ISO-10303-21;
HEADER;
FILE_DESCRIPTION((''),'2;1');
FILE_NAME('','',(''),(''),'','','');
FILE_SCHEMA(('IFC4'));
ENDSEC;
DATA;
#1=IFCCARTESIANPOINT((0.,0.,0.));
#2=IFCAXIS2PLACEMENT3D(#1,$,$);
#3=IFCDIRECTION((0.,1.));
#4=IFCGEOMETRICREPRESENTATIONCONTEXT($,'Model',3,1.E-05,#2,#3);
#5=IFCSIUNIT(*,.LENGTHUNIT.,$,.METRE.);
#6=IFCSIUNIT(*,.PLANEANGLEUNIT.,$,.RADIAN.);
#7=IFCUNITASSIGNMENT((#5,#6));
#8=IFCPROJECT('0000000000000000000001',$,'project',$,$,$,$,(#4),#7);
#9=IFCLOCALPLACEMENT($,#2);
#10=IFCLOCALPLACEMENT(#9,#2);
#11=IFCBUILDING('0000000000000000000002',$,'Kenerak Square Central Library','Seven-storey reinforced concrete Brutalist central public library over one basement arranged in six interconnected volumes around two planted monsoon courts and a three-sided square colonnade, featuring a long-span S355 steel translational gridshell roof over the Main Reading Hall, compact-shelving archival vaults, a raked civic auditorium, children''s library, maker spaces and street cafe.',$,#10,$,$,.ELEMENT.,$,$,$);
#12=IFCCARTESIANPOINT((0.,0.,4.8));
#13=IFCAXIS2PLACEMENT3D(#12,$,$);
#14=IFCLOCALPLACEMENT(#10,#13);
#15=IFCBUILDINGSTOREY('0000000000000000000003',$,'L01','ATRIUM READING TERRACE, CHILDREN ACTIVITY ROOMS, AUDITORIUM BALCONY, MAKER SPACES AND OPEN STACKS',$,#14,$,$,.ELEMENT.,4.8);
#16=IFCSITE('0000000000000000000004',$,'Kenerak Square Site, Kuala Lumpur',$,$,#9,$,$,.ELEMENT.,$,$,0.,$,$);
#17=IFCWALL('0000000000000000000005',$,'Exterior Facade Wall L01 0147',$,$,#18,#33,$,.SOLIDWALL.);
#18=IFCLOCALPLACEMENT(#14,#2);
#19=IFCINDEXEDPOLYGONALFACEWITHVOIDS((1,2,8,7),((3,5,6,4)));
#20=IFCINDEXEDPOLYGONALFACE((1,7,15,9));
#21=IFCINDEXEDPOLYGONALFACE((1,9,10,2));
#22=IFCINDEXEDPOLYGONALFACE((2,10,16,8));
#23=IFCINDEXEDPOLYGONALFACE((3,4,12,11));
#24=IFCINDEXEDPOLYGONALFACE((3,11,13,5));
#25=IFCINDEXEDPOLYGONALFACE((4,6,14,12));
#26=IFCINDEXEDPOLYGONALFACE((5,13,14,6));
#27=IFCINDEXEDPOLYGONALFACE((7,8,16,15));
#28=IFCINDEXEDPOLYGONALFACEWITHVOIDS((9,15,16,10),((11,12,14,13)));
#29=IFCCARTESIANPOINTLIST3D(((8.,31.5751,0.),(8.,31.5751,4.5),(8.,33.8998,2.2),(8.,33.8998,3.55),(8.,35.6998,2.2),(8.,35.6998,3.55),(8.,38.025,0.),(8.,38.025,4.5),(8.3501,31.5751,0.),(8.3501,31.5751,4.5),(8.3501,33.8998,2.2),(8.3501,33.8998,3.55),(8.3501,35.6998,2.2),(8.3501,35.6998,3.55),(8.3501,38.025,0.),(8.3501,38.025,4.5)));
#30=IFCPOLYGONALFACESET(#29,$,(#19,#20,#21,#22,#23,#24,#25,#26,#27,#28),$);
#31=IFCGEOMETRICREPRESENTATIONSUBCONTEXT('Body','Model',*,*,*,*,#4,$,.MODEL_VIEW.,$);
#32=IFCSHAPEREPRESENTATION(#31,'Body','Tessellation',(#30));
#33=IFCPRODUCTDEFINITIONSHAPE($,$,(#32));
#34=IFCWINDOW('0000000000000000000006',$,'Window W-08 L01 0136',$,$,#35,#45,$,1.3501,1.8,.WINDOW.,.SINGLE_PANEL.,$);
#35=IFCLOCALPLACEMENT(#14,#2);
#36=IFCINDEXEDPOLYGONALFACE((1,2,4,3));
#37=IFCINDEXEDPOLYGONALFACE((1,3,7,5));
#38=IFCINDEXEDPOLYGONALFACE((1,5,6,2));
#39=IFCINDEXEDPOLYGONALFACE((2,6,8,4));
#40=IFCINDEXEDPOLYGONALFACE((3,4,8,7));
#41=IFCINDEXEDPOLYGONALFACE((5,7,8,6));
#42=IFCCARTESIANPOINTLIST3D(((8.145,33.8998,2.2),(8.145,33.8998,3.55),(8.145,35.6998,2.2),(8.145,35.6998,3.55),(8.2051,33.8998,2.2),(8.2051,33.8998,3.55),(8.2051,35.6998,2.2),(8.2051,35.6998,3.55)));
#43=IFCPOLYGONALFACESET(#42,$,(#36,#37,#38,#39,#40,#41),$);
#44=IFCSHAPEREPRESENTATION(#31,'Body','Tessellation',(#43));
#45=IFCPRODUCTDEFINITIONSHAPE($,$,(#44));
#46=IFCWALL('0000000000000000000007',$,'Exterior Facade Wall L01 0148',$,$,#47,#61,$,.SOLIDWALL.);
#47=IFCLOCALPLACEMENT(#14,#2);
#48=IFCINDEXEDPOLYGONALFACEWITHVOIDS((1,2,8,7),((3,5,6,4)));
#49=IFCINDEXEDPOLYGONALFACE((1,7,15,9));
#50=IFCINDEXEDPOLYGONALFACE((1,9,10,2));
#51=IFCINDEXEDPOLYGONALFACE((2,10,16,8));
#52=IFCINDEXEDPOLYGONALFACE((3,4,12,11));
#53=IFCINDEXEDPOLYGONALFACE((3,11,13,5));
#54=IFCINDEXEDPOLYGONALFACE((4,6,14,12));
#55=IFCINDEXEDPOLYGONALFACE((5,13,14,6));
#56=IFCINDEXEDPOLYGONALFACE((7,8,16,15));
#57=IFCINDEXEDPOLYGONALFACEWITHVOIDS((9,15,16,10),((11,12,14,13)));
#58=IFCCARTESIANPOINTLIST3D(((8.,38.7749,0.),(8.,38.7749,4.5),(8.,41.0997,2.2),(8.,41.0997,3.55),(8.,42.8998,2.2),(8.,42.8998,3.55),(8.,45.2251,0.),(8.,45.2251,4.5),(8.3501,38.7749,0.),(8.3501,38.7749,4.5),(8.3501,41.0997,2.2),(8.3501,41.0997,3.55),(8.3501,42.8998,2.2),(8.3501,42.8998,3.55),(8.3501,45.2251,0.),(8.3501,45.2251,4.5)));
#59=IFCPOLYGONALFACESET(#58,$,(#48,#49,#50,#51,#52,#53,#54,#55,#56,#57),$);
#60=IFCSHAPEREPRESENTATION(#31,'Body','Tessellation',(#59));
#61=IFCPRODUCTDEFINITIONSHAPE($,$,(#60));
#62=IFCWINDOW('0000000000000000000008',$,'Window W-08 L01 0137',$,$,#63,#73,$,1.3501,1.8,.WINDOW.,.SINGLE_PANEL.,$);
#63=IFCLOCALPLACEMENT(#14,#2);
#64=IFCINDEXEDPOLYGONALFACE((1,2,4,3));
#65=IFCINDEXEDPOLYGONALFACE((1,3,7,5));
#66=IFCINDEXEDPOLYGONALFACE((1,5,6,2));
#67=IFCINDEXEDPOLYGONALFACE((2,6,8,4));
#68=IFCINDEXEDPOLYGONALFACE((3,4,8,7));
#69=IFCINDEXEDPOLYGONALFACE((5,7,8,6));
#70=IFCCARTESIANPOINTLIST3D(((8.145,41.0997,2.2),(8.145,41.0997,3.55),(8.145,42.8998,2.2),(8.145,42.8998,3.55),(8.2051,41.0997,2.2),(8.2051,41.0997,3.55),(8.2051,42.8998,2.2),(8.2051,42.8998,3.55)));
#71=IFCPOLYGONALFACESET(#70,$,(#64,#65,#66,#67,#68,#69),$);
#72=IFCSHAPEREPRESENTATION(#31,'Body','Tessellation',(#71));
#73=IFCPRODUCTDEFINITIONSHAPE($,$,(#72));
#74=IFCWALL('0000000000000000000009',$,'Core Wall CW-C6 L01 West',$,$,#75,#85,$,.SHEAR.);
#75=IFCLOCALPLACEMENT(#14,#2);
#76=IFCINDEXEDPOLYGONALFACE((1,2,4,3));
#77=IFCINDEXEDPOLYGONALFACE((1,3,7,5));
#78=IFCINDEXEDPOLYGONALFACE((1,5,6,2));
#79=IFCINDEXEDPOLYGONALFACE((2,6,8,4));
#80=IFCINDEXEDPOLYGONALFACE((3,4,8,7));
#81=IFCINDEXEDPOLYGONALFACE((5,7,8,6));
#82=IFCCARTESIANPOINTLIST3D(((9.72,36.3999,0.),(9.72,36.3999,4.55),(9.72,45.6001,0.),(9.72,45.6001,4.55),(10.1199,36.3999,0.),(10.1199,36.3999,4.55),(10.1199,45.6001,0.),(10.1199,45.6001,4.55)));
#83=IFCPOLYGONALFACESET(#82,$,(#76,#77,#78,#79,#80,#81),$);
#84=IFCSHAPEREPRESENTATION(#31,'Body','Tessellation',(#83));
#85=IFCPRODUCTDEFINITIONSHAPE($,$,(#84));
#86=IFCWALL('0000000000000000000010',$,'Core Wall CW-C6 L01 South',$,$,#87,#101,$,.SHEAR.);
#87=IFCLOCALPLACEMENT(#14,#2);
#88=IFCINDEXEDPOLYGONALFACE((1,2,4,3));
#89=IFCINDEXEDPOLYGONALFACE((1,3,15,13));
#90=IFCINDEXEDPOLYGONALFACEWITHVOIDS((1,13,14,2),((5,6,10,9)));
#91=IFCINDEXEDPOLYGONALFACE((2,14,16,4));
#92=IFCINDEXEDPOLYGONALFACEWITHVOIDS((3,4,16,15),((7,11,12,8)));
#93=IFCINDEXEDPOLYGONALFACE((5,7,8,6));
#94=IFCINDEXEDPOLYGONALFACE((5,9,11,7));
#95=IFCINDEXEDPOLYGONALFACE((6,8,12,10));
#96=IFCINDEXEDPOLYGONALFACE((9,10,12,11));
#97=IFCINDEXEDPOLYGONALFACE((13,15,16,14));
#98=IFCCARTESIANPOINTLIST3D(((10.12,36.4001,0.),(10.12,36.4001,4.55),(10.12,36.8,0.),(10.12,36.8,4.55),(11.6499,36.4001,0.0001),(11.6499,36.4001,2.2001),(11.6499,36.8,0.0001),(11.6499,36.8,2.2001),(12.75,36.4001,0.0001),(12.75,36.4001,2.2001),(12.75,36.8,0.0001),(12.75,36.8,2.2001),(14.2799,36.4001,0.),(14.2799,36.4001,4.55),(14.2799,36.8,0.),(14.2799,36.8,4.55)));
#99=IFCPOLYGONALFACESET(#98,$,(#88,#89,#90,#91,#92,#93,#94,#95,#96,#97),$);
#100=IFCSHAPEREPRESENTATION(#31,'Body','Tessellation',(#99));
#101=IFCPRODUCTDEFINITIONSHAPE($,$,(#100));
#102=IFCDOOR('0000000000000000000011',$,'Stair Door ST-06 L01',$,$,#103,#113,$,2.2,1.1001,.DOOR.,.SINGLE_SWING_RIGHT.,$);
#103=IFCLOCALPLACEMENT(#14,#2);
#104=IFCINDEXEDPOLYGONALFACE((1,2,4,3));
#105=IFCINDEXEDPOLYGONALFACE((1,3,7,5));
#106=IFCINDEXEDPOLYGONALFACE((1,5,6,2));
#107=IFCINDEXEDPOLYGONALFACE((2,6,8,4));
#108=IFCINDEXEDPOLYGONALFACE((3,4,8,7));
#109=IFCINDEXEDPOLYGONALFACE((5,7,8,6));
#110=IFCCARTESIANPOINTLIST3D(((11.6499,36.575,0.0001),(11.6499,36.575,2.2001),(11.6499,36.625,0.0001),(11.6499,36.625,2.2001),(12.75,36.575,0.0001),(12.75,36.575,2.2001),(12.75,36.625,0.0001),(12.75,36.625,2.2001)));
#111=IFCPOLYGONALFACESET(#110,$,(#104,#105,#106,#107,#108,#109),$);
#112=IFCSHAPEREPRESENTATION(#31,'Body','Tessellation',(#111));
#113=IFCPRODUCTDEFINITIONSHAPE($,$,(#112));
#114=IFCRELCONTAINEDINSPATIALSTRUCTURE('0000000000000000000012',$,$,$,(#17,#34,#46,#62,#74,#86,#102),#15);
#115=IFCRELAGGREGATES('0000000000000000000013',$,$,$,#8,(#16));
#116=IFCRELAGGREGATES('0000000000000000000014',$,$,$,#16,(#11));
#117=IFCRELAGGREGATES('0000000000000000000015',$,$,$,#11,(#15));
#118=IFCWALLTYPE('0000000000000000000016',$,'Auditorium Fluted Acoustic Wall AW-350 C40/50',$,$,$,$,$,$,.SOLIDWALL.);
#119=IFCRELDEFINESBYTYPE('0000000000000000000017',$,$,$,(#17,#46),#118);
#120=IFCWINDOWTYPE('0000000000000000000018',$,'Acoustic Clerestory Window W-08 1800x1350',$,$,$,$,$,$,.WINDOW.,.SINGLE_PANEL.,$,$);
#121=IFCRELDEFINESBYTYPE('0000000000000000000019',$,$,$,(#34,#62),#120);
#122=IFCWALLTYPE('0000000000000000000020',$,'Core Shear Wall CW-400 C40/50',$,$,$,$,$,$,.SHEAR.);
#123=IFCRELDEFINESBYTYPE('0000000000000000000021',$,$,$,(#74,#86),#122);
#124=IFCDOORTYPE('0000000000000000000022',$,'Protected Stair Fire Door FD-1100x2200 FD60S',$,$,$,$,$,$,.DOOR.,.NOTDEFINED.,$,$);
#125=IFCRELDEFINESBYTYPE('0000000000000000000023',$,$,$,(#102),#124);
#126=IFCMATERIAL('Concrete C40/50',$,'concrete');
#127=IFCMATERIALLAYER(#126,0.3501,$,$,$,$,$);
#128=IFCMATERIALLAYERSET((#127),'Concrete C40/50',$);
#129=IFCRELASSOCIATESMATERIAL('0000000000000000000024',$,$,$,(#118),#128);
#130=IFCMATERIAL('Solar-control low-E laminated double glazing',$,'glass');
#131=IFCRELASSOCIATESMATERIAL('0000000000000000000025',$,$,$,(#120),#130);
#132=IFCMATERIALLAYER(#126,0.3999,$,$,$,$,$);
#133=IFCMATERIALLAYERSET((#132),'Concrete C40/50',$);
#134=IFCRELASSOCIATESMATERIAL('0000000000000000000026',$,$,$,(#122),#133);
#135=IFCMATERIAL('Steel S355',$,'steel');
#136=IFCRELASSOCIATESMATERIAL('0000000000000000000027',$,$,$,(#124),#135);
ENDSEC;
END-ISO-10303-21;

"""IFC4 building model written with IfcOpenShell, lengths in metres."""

from ifc_helpers import new_model, si_unit, direction, frame, frame_2d, origin, place, context, subcontext, project, spatial, rectangle, extrude, material, layer, layer_set, type_object, element, fill, save


model = new_model("IFC4")

# Units and contexts
model_context = context("Model", 3, precision=1e-05, world=origin(), true_north=direction((0.0, 1.0)))
body_context = subcontext(model_context, "Body", "Model", "MODEL_VIEW")
ifc_project = project(units=[si_unit("LENGTHUNIT", "METRE"), si_unit("PLANEANGLEUNIT", "RADIAN")], contexts=[model_context])

# Site, building, storey
site_placement = place(None, origin())
site = spatial("IfcSite", under=ifc_project, at=site_placement, Name="Kenerak Square Site, Kuala Lumpur", CompositionType="ELEMENT", RefElevation=0.0)
building_placement = place(site_placement, origin())
building = spatial("IfcBuilding", under=site, at=building_placement, Name="Kenerak Square Central Library", Description="Seven-storey reinforced concrete Brutalist central public library over one basement arranged in six interconnected volumes around two planted monsoon courts and a three-sided square colonnade, featuring a long-span S355 steel translational gridshell roof over the Main Reading Hall, compact-shelving archival vaults, a raked civic auditorium, children's library, maker spaces and street cafe.", CompositionType="ELEMENT")
storey_placement = place(building_placement, frame((0.0, 0.0, 4.8)))
storey = spatial("IfcBuildingStorey", under=building, at=storey_placement, Name="L01", Description="ATRIUM READING TERRACE, CHILDREN ACTIVITY ROOMS, AUDITORIUM BALCONY, MAKER SPACES AND OPEN STACKS", CompositionType="ELEMENT", Elevation=4.8)

# Shared definitions
ifc_material_1 = material(Name="Concrete C40/50", Category="concrete")

# Shared definitions
ifc_material_2 = material(Name="Steel S355", Category="steel")

# Walls, openings, windows
ifc_layer_1 = layer(ifc_material_1, 0.3501)
ifc_layer_set_1 = layer_set([ifc_layer_1], Name="Concrete C40/50")
wall_type_1 = type_object("IfcWallType", Name="Auditorium Fluted Acoustic Wall AW-350 C40/50", PredefinedType="SOLIDWALL", material=ifc_layer_set_1)
ifc_material_3 = material(Name="Solar-control low-E laminated double glazing", Category="glass")
window_type = type_object("IfcWindowType", Name="Acoustic Clerestory Window W-08 1800x1350", PartitioningType="SINGLE_PANEL", PredefinedType="WINDOW", material=ifc_material_3)
wall_1_placement = place(storey_placement, frame((8.175, 31.575, 0.0), z_axis=(0.0, 0.0, 1.0), x_axis=(0.0, 1.0, 0.0)))
wall_1 = element("IfcWall", 1, at=wall_1_placement, inside=storey, type_object=wall_type_1, Name="Exterior Facade Wall L01 0147", PredefinedType="SOLIDWALL", context=body_context, shape_type="SweptSolid", body=[
    extrude(rectangle(XDim=6.45, YDim=0.3501, at=frame_2d((3.2251, 0.0))), origin(), (0.0, 0.0, 1.0), 4.5),
])
opening_1_placement = place(wall_1_placement, frame((2.325, 0.0, 2.2)))
opening_1 = element("IfcOpeningElement", 2, at=opening_1_placement, cuts=wall_1, PredefinedType="OPENING", context=body_context, shape_type="SweptSolid", body=[
    extrude(rectangle(XDim=1.8, YDim=1.3501, at=frame_2d((0.8999, 0.675))), frame((0.0, 0.1851, 0.0), z_axis=(0.0, -1.0, 0.0), x_axis=(1.0, 0.0, 0.0)), (0.0, 0.0, 1.0), 0.3701),
])
window_1_placement = place(opening_1_placement, origin())
window_1 = element("IfcWindow", 3, at=window_1_placement, inside=storey, type_object=window_type, Name="Window W-08 L01 0136", OverallHeight=1.3501, OverallWidth=1.8, PartitioningType="SINGLE_PANEL", PredefinedType="WINDOW", context=body_context, shape_type="SweptSolid", body=[
    extrude(rectangle(XDim=1.8, YDim=1.3501, at=frame_2d((0.8999, 0.675))), frame((0.0, 0.03, 0.0), z_axis=(0.0, -1.0, 0.0), x_axis=(1.0, 0.0, 0.0)), (0.0, 0.0, 1.0), 0.0601),
])
fill(opening_1, window_1)
wall_2_placement = place(storey_placement, frame((8.175, 38.7749, 0.0), z_axis=(0.0, 0.0, 1.0), x_axis=(0.0, 1.0, 0.0)))
wall_2 = element("IfcWall", 4, at=wall_2_placement, inside=storey, type_object=wall_type_1, Name="Exterior Facade Wall L01 0148", PredefinedType="SOLIDWALL", context=body_context, shape_type="SweptSolid", body=[
    extrude(rectangle(XDim=6.4502, YDim=0.3501, at=frame_2d((3.2251, 0.0))), origin(), (0.0, 0.0, 1.0), 4.5),
])
opening_2_placement = place(wall_2_placement, frame((2.325, 0.0, 2.2)))
opening_2 = element("IfcOpeningElement", 5, at=opening_2_placement, cuts=wall_2, PredefinedType="OPENING", context=body_context, shape_type="SweptSolid", body=[
    extrude(rectangle(XDim=1.8, YDim=1.3501, at=frame_2d((0.8999, 0.675))), frame((0.0, 0.1851, 0.0), z_axis=(0.0, -1.0, 0.0), x_axis=(1.0, 0.0, 0.0)), (0.0, 0.0, 1.0), 0.3701),
])
window_2_placement = place(opening_2_placement, origin())
window_2 = element("IfcWindow", 6, at=window_2_placement, inside=storey, type_object=window_type, Name="Window W-08 L01 0137", OverallHeight=1.3501, OverallWidth=1.8, PartitioningType="SINGLE_PANEL", PredefinedType="WINDOW", context=body_context, shape_type="SweptSolid", body=[
    extrude(rectangle(XDim=1.8, YDim=1.3501, at=frame_2d((0.8999, 0.675))), frame((0.0, 0.03, 0.0), z_axis=(0.0, -1.0, 0.0), x_axis=(1.0, 0.0, 0.0)), (0.0, 0.0, 1.0), 0.0601),
])
fill(opening_2, window_2)

# Wall
ifc_layer_2 = layer(ifc_material_1, 0.3999)
ifc_layer_set_2 = layer_set([ifc_layer_2], Name="Concrete C40/50")
wall_type_2 = type_object("IfcWallType", Name="Core Shear Wall CW-400 C40/50", PredefinedType="SHEAR", material=ifc_layer_set_2)
wall_3_placement = place(storey_placement, frame((9.9199, 36.3999, 0.0), z_axis=(0.0, 0.0, 1.0), x_axis=(0.0, 1.0, 0.0)))
element("IfcWall", 7, at=wall_3_placement, inside=storey, type_object=wall_type_2, Name="Core Wall CW-C6 L01 West", PredefinedType="SHEAR", context=body_context, shape_type="SweptSolid", body=[
    extrude(rectangle(XDim=9.2002, YDim=0.3999, at=frame_2d((4.6001, 0.0))), origin(), (0.0, 0.0, 1.0), 4.55),
])

# Wall, opening, door
wall_4_placement = place(storey_placement, frame((14.28, 36.6001, 0.0), z_axis=(0.0, 0.0, 1.0), x_axis=(-1.0, 0.0, 0.0)))
wall_4 = element("IfcWall", 8, at=wall_4_placement, inside=storey, type_object=wall_type_2, Name="Core Wall CW-C6 L01 South", PredefinedType="SHEAR", context=body_context, shape_type="SweptSolid", body=[
    extrude(rectangle(XDim=4.1599, YDim=0.3999, at=frame_2d((2.0801, 0.0))), origin(), (0.0, 0.0, 1.0), 4.55),
])
opening_3_placement = place(wall_4_placement, frame((1.53, 0.0, 0.0)))
opening_3 = element("IfcOpeningElement", 9, at=opening_3_placement, cuts=wall_4, PredefinedType="OPENING", context=body_context, shape_type="SweptSolid", body=[
    extrude(rectangle(XDim=1.1001, YDim=2.2, at=frame_2d((0.55, 1.1001))), frame((0.0, 0.21, 0.0), z_axis=(0.0, -1.0, 0.0), x_axis=(1.0, 0.0, 0.0)), (0.0, 0.0, 1.0), 0.4199),
])
door_type = type_object("IfcDoorType", Name="Protected Stair Fire Door FD-1100x2200 FD60S", OperationType="NOTDEFINED", PredefinedType="DOOR", material=ifc_material_2)
door_placement = place(opening_3_placement, frame((1.1001, 0.0, 0.0), z_axis=(0.0, 0.0, 1.0), x_axis=(-1.0, 0.0, 0.0)))
door = element("IfcDoor", 10, at=door_placement, inside=storey, type_object=door_type, Name="Stair Door ST-06 L01", OperationType="SINGLE_SWING_RIGHT", OverallHeight=2.2, OverallWidth=1.1001, PredefinedType="DOOR", context=body_context, shape_type="SweptSolid", body=[
    extrude(rectangle(XDim=1.1001, YDim=2.2, at=frame_2d((0.55, 1.1001))), frame((0.0, 0.0249, 0.0), z_axis=(0.0, -1.0, 0.0), x_axis=(1.0, 0.0, 0.0)), (0.0, 0.0, 1.0), 0.05),
])
fill(opening_3, door)

save(model, "model.ifc")
